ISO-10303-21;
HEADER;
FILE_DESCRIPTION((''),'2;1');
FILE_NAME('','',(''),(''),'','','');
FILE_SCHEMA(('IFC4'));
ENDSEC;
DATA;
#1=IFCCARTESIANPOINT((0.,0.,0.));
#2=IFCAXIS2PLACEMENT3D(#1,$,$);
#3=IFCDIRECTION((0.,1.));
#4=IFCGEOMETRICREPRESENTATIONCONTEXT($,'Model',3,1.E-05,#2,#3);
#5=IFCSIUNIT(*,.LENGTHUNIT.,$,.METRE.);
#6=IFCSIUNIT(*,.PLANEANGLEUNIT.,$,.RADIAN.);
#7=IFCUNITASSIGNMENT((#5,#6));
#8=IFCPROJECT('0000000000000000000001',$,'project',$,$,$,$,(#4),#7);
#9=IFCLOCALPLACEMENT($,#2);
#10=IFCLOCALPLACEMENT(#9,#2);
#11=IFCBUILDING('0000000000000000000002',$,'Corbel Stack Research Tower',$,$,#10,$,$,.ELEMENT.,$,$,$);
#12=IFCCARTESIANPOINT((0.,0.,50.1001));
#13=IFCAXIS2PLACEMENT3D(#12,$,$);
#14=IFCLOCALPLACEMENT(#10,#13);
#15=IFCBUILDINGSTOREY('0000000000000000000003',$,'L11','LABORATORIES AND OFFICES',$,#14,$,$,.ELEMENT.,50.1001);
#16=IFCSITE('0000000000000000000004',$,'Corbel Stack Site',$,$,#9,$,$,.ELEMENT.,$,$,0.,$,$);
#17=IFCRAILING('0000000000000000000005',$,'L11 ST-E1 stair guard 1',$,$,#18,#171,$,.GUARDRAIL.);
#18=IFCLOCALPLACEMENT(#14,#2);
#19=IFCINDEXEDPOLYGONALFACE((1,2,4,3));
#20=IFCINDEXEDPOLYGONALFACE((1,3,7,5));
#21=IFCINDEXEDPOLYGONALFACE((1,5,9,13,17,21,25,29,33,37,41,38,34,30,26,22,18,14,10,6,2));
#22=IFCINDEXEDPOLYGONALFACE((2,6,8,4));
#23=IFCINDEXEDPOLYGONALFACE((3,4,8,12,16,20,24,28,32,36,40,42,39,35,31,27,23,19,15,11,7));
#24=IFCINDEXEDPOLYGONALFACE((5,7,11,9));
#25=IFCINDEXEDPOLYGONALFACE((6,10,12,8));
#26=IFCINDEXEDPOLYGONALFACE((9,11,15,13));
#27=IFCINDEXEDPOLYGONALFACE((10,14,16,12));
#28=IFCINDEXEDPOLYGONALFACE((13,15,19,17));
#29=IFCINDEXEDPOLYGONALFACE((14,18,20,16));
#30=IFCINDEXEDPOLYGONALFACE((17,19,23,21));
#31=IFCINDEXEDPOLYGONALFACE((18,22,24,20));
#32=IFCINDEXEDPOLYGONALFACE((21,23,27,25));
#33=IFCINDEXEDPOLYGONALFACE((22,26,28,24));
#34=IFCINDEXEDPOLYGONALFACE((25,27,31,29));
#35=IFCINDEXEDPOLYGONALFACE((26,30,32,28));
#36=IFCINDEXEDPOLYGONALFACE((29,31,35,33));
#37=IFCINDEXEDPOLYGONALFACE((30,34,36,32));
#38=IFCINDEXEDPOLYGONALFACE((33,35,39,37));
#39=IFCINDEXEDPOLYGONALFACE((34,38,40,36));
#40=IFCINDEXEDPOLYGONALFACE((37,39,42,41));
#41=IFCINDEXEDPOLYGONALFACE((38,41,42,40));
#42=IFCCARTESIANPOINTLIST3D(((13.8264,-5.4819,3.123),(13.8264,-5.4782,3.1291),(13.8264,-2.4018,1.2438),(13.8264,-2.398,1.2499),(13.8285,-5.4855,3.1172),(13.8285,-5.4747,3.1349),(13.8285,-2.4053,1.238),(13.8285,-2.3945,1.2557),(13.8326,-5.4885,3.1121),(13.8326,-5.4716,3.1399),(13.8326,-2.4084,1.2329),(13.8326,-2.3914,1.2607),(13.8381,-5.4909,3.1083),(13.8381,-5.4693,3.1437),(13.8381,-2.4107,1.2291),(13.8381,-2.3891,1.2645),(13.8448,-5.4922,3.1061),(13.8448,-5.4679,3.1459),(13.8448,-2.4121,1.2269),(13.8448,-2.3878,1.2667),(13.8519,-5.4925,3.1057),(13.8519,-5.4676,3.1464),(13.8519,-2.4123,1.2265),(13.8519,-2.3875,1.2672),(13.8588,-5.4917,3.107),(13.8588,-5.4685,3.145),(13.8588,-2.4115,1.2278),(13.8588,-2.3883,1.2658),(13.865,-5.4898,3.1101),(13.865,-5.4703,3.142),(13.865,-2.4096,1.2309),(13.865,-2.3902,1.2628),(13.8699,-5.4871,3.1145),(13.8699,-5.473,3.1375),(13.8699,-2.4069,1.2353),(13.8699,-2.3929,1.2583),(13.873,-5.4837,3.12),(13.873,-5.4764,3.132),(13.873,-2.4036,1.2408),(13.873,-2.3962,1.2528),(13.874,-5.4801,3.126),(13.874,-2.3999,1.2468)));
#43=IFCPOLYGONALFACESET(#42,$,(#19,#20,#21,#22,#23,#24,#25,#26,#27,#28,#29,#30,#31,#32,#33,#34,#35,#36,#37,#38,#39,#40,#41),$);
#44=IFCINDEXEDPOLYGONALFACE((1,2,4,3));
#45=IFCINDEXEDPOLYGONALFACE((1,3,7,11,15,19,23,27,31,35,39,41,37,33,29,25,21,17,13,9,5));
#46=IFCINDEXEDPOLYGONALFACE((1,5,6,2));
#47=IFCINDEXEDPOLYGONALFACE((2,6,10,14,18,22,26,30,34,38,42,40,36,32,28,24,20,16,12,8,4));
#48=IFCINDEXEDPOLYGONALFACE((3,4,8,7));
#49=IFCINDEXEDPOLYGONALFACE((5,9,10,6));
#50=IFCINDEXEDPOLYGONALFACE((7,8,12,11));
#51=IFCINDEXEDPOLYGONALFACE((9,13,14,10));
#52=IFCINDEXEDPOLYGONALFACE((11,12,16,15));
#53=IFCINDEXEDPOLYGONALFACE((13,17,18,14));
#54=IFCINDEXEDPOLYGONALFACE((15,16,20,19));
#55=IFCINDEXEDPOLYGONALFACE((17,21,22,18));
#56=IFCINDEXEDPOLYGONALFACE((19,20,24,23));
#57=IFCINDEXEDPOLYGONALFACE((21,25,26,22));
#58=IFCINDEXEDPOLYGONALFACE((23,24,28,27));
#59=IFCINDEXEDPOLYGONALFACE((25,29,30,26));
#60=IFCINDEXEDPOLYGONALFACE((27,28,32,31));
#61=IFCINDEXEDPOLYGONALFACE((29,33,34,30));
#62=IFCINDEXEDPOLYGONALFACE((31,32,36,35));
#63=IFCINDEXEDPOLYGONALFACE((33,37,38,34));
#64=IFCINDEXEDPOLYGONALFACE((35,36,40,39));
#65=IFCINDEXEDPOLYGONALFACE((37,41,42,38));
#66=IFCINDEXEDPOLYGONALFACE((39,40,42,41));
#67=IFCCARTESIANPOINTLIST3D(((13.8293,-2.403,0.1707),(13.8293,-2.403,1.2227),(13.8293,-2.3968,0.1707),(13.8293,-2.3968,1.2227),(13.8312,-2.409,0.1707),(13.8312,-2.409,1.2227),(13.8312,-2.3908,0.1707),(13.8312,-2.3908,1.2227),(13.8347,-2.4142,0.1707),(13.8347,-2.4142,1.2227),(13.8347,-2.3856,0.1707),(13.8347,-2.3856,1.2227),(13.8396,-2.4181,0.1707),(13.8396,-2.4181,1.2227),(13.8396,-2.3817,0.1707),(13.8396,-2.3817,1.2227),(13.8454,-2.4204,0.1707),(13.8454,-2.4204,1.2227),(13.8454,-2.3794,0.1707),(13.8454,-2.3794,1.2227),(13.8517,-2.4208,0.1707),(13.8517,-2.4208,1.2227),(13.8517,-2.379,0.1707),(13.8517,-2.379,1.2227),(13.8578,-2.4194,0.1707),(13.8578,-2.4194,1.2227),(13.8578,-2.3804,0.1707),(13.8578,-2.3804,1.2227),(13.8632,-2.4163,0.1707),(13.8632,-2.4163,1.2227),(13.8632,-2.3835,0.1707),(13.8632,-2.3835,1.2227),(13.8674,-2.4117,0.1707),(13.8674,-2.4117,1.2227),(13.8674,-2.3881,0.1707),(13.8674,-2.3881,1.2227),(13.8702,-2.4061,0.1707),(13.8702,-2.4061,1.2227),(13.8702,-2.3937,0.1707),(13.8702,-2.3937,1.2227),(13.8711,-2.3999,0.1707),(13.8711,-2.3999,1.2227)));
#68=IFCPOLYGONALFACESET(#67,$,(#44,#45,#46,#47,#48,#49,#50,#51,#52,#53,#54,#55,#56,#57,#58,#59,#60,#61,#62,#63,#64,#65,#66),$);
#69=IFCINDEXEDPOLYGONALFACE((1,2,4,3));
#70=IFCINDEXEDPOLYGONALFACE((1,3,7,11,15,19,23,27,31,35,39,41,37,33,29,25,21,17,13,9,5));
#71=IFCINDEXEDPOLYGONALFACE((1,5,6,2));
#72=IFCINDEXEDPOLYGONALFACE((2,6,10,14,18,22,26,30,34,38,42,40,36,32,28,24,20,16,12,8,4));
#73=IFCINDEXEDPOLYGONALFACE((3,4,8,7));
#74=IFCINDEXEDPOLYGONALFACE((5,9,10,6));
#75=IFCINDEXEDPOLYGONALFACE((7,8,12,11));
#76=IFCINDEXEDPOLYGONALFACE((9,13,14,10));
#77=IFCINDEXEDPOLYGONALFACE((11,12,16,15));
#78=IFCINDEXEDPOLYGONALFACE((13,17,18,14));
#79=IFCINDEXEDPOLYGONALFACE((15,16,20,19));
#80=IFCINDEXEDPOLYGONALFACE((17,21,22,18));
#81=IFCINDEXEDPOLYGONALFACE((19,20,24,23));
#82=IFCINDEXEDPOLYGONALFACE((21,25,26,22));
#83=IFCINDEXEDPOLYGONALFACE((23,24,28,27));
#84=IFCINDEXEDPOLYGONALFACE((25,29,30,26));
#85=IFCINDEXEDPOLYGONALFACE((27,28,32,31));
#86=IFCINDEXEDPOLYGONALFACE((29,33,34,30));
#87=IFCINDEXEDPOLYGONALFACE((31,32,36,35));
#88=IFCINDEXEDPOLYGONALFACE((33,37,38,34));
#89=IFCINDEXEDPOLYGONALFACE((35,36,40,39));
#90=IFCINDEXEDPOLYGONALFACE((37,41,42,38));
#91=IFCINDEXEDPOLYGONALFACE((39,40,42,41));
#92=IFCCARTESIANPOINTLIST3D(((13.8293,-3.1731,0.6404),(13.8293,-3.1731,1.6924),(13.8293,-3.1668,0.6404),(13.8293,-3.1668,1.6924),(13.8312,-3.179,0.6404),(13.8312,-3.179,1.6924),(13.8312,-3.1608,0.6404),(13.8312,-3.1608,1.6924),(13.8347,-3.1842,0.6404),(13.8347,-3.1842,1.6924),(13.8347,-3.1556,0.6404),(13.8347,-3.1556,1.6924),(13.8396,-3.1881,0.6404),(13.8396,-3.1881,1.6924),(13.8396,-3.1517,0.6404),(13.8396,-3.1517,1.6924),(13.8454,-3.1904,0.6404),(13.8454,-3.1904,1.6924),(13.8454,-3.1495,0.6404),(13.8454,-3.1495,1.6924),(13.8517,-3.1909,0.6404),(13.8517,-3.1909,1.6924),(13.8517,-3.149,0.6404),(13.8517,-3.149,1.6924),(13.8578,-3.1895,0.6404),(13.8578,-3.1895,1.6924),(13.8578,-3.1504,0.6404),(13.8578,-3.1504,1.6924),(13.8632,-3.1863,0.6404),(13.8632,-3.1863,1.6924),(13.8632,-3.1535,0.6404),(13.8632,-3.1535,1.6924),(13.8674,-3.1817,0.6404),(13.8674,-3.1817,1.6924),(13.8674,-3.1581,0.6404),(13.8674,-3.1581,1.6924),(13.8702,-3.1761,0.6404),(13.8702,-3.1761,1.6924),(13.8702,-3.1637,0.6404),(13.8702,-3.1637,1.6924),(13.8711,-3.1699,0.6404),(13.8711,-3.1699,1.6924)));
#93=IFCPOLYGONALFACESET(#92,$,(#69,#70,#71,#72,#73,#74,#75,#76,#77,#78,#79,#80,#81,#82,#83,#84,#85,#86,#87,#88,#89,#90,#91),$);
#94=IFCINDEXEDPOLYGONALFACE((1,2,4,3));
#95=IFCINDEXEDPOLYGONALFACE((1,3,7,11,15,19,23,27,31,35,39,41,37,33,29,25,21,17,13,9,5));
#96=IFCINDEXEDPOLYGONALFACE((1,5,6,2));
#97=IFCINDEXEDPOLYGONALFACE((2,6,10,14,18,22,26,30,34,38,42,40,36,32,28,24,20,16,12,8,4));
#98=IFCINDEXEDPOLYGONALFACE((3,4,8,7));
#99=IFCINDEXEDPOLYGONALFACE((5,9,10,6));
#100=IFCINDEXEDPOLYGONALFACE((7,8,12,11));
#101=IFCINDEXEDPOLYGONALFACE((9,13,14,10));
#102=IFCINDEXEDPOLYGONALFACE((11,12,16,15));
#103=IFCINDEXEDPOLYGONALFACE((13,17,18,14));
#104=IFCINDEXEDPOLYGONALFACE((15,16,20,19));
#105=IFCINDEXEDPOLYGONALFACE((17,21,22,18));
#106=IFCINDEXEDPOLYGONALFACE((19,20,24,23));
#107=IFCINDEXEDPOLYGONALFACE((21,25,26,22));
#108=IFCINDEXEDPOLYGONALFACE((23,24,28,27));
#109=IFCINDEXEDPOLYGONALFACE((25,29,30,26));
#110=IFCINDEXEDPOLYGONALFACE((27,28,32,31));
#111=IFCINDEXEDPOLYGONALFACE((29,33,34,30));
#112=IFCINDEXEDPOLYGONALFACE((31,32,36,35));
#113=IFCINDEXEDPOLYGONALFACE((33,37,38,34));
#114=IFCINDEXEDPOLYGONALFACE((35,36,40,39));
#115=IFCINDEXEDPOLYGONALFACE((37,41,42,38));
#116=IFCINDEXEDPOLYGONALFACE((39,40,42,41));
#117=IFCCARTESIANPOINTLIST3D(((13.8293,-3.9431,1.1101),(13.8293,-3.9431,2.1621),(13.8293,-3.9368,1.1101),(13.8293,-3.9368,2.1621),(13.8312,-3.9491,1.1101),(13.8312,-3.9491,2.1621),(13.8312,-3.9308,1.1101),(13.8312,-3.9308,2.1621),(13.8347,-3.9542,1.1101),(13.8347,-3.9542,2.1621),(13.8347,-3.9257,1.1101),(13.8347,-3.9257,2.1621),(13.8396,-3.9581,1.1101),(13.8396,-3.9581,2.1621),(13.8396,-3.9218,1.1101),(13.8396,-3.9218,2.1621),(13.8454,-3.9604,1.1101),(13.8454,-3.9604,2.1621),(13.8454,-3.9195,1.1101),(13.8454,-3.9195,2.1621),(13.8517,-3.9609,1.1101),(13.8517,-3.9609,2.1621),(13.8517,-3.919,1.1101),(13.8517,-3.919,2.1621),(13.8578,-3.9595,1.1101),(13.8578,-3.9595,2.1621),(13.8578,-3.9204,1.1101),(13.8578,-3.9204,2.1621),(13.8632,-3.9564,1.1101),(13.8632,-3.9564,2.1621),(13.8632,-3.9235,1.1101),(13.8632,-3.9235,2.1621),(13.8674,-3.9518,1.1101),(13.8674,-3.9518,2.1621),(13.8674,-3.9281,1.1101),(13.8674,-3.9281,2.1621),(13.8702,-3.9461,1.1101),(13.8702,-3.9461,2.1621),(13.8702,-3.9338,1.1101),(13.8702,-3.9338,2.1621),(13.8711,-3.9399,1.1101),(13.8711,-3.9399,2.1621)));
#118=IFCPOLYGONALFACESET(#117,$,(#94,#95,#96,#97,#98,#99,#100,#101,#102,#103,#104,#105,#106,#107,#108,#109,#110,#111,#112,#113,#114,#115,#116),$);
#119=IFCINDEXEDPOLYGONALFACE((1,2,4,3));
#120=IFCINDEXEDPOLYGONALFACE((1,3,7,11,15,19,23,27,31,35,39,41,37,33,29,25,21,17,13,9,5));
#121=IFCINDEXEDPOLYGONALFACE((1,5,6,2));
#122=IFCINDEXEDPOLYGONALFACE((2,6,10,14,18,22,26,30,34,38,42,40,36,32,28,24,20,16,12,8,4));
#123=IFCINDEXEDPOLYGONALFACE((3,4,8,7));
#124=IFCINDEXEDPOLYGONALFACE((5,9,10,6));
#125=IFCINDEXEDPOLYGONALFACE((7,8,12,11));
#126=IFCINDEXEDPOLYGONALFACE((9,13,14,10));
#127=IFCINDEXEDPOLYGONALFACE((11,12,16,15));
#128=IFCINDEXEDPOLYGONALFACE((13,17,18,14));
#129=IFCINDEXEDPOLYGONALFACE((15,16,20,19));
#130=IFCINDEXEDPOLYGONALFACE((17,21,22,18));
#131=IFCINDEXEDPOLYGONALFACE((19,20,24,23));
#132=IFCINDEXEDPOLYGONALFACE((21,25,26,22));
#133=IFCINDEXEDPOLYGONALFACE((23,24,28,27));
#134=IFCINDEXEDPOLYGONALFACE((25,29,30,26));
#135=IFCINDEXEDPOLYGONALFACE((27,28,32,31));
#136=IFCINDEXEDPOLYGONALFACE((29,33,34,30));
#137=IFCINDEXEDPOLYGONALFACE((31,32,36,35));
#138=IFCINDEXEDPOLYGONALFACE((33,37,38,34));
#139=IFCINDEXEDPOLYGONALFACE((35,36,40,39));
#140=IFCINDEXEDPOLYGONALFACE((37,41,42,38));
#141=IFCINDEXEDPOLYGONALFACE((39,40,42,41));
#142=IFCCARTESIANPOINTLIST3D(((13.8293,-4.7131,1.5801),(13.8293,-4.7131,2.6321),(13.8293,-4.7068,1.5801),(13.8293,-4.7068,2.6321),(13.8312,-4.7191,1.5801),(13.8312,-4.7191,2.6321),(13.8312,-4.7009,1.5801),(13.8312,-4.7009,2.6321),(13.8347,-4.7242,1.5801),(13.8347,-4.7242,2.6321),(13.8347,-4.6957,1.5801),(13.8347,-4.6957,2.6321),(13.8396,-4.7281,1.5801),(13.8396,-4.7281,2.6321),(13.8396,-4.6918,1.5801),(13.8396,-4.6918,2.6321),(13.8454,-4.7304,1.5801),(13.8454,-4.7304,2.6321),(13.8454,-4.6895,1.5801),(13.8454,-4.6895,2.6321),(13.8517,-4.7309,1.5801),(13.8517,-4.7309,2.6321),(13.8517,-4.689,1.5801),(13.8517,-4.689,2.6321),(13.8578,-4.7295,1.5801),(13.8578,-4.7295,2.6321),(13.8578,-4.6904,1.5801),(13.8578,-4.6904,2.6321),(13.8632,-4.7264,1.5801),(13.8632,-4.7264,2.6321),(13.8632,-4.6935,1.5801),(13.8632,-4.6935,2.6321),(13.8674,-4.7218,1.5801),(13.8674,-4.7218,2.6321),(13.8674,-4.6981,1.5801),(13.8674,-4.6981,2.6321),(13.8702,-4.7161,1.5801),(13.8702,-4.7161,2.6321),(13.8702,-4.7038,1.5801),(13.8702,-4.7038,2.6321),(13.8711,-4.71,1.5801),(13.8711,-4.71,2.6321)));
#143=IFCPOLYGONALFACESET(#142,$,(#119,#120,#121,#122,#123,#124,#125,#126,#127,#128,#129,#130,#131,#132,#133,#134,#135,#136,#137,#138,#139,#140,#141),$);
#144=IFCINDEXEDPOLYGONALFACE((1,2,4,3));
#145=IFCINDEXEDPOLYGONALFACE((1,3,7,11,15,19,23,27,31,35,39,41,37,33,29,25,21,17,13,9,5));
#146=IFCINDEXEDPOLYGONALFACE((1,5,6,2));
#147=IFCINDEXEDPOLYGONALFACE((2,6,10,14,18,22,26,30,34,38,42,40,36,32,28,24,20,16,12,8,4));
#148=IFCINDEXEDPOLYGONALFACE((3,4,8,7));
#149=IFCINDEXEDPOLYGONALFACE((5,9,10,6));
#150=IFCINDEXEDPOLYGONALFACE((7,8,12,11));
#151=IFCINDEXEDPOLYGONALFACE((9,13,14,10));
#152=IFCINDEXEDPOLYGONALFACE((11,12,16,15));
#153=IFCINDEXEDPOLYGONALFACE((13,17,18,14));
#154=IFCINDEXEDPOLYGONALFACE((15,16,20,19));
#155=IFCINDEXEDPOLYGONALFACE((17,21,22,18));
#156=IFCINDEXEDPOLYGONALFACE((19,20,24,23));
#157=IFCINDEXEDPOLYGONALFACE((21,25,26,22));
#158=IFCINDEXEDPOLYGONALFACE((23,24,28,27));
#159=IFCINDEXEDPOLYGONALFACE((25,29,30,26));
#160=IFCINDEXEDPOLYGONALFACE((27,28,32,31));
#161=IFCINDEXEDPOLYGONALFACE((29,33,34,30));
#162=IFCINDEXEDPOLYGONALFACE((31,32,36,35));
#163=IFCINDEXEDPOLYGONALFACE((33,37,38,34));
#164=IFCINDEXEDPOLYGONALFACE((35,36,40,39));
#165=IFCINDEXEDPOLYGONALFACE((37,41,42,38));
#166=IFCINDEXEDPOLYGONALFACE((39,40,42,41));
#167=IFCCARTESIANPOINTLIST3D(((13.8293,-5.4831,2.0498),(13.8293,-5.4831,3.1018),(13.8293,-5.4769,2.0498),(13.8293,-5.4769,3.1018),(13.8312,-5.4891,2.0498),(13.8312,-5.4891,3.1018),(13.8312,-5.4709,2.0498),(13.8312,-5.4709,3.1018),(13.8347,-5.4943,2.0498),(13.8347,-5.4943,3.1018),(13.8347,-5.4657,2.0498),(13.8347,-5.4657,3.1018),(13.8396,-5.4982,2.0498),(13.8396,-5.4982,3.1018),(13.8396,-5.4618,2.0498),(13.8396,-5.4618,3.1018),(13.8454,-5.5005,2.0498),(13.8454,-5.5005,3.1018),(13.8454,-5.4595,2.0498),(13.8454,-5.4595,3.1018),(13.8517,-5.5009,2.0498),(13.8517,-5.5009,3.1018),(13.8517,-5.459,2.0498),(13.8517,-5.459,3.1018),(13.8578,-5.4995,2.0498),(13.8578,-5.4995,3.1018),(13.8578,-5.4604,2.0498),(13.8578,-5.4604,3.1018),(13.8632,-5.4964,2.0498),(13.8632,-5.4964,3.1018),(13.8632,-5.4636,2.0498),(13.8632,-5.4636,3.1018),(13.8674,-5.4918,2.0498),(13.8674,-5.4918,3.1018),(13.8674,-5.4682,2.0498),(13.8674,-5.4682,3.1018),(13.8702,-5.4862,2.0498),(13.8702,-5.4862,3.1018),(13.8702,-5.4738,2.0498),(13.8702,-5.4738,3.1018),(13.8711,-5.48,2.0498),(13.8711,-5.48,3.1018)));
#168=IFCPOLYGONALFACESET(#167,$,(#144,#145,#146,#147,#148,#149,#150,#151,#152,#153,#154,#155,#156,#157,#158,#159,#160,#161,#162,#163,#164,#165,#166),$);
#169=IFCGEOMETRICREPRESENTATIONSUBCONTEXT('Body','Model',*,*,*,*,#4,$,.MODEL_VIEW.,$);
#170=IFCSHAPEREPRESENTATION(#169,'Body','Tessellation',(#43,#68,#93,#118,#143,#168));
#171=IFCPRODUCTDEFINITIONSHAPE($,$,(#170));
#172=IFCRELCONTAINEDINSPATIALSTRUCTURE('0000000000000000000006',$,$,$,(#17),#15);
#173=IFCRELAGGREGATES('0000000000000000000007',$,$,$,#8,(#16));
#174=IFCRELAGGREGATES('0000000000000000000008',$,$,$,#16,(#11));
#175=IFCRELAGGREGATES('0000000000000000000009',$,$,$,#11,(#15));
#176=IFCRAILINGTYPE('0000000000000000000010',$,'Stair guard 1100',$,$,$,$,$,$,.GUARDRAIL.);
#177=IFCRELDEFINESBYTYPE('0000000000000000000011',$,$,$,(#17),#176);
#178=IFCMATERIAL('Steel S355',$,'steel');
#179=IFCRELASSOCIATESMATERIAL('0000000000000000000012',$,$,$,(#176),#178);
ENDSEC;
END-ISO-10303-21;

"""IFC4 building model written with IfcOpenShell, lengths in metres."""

from ifc_helpers import new_model, si_unit, direction, frame, origin, origin_2d, place, context, subcontext, project, spatial, circle, extrude, material, type_object, element, save


model = new_model("IFC4")

# Units and contexts
model_context = context("Model", 3, precision=1e-05, world=origin(), true_north=direction((0.0, 1.0)))
body_context = subcontext(model_context, "Body", "Model", "MODEL_VIEW")
ifc_project = project(units=[si_unit("LENGTHUNIT", "METRE"), si_unit("PLANEANGLEUNIT", "RADIAN")], contexts=[model_context])

# Site, building, storey
site_placement = place(None, origin())
site = spatial("IfcSite", under=ifc_project, at=site_placement, Name="Corbel Stack Site", CompositionType="ELEMENT", RefElevation=0.0)
building_placement = place(site_placement, origin())
building = spatial("IfcBuilding", under=site, at=building_placement, Name="Corbel Stack Research Tower", CompositionType="ELEMENT")
storey_placement = place(building_placement, frame((0.0, 0.0, 50.1001)))
storey = spatial("IfcBuildingStorey", under=building, at=storey_placement, Name="L11", Description="LABORATORIES AND OFFICES", CompositionType="ELEMENT", Elevation=50.1001)

# Railing
ifc_material_1 = material(Name="Steel S355", Category="steel")
railing_type_1 = type_object("IfcRailingType", Name="Stair guard 1100", PredefinedType="GUARDRAIL", material=ifc_material_1)
railing_1_placement = place(storey_placement, frame((13.8501, -2.3999, 0.1707)))
element("IfcRailing", 1, at=railing_1_placement, inside=storey, type_object=railing_type_1, Name="L11 ST-E1 stair guard 1", PredefinedType="GUARDRAIL", context=body_context, shape_type="SweptSolid", body=[
    extrude(circle(Radius=0.0239, at=origin_2d()), frame((0.0, 0.0, 1.0762), z_axis=(0.0, -0.853666, 0.52082), x_axis=(1.0, 0.0, 0.0)), (0.0, 0.0, 1.0), 3.6082),
    extrude(circle(Radius=0.021, at=origin_2d()), origin(), (0.0, 0.0, 1.0), 1.052),
    extrude(circle(Radius=0.021, at=origin_2d()), frame((0.0, -0.77, 0.4697)), (0.0, 0.0, 1.0), 1.052),
    extrude(circle(Radius=0.021, at=origin_2d()), frame((0.0, -1.54, 0.9395)), (0.0, 0.0, 1.0), 1.052),
    extrude(circle(Radius=0.021, at=origin_2d()), frame((0.0, -2.3101, 1.4094)), (0.0, 0.0, 1.0), 1.052),
    extrude(circle(Radius=0.021, at=origin_2d()), frame((0.0, -3.0801, 1.8792)), (0.0, 0.0, 1.0), 1.052),
])

save(model, "model.ifc")
